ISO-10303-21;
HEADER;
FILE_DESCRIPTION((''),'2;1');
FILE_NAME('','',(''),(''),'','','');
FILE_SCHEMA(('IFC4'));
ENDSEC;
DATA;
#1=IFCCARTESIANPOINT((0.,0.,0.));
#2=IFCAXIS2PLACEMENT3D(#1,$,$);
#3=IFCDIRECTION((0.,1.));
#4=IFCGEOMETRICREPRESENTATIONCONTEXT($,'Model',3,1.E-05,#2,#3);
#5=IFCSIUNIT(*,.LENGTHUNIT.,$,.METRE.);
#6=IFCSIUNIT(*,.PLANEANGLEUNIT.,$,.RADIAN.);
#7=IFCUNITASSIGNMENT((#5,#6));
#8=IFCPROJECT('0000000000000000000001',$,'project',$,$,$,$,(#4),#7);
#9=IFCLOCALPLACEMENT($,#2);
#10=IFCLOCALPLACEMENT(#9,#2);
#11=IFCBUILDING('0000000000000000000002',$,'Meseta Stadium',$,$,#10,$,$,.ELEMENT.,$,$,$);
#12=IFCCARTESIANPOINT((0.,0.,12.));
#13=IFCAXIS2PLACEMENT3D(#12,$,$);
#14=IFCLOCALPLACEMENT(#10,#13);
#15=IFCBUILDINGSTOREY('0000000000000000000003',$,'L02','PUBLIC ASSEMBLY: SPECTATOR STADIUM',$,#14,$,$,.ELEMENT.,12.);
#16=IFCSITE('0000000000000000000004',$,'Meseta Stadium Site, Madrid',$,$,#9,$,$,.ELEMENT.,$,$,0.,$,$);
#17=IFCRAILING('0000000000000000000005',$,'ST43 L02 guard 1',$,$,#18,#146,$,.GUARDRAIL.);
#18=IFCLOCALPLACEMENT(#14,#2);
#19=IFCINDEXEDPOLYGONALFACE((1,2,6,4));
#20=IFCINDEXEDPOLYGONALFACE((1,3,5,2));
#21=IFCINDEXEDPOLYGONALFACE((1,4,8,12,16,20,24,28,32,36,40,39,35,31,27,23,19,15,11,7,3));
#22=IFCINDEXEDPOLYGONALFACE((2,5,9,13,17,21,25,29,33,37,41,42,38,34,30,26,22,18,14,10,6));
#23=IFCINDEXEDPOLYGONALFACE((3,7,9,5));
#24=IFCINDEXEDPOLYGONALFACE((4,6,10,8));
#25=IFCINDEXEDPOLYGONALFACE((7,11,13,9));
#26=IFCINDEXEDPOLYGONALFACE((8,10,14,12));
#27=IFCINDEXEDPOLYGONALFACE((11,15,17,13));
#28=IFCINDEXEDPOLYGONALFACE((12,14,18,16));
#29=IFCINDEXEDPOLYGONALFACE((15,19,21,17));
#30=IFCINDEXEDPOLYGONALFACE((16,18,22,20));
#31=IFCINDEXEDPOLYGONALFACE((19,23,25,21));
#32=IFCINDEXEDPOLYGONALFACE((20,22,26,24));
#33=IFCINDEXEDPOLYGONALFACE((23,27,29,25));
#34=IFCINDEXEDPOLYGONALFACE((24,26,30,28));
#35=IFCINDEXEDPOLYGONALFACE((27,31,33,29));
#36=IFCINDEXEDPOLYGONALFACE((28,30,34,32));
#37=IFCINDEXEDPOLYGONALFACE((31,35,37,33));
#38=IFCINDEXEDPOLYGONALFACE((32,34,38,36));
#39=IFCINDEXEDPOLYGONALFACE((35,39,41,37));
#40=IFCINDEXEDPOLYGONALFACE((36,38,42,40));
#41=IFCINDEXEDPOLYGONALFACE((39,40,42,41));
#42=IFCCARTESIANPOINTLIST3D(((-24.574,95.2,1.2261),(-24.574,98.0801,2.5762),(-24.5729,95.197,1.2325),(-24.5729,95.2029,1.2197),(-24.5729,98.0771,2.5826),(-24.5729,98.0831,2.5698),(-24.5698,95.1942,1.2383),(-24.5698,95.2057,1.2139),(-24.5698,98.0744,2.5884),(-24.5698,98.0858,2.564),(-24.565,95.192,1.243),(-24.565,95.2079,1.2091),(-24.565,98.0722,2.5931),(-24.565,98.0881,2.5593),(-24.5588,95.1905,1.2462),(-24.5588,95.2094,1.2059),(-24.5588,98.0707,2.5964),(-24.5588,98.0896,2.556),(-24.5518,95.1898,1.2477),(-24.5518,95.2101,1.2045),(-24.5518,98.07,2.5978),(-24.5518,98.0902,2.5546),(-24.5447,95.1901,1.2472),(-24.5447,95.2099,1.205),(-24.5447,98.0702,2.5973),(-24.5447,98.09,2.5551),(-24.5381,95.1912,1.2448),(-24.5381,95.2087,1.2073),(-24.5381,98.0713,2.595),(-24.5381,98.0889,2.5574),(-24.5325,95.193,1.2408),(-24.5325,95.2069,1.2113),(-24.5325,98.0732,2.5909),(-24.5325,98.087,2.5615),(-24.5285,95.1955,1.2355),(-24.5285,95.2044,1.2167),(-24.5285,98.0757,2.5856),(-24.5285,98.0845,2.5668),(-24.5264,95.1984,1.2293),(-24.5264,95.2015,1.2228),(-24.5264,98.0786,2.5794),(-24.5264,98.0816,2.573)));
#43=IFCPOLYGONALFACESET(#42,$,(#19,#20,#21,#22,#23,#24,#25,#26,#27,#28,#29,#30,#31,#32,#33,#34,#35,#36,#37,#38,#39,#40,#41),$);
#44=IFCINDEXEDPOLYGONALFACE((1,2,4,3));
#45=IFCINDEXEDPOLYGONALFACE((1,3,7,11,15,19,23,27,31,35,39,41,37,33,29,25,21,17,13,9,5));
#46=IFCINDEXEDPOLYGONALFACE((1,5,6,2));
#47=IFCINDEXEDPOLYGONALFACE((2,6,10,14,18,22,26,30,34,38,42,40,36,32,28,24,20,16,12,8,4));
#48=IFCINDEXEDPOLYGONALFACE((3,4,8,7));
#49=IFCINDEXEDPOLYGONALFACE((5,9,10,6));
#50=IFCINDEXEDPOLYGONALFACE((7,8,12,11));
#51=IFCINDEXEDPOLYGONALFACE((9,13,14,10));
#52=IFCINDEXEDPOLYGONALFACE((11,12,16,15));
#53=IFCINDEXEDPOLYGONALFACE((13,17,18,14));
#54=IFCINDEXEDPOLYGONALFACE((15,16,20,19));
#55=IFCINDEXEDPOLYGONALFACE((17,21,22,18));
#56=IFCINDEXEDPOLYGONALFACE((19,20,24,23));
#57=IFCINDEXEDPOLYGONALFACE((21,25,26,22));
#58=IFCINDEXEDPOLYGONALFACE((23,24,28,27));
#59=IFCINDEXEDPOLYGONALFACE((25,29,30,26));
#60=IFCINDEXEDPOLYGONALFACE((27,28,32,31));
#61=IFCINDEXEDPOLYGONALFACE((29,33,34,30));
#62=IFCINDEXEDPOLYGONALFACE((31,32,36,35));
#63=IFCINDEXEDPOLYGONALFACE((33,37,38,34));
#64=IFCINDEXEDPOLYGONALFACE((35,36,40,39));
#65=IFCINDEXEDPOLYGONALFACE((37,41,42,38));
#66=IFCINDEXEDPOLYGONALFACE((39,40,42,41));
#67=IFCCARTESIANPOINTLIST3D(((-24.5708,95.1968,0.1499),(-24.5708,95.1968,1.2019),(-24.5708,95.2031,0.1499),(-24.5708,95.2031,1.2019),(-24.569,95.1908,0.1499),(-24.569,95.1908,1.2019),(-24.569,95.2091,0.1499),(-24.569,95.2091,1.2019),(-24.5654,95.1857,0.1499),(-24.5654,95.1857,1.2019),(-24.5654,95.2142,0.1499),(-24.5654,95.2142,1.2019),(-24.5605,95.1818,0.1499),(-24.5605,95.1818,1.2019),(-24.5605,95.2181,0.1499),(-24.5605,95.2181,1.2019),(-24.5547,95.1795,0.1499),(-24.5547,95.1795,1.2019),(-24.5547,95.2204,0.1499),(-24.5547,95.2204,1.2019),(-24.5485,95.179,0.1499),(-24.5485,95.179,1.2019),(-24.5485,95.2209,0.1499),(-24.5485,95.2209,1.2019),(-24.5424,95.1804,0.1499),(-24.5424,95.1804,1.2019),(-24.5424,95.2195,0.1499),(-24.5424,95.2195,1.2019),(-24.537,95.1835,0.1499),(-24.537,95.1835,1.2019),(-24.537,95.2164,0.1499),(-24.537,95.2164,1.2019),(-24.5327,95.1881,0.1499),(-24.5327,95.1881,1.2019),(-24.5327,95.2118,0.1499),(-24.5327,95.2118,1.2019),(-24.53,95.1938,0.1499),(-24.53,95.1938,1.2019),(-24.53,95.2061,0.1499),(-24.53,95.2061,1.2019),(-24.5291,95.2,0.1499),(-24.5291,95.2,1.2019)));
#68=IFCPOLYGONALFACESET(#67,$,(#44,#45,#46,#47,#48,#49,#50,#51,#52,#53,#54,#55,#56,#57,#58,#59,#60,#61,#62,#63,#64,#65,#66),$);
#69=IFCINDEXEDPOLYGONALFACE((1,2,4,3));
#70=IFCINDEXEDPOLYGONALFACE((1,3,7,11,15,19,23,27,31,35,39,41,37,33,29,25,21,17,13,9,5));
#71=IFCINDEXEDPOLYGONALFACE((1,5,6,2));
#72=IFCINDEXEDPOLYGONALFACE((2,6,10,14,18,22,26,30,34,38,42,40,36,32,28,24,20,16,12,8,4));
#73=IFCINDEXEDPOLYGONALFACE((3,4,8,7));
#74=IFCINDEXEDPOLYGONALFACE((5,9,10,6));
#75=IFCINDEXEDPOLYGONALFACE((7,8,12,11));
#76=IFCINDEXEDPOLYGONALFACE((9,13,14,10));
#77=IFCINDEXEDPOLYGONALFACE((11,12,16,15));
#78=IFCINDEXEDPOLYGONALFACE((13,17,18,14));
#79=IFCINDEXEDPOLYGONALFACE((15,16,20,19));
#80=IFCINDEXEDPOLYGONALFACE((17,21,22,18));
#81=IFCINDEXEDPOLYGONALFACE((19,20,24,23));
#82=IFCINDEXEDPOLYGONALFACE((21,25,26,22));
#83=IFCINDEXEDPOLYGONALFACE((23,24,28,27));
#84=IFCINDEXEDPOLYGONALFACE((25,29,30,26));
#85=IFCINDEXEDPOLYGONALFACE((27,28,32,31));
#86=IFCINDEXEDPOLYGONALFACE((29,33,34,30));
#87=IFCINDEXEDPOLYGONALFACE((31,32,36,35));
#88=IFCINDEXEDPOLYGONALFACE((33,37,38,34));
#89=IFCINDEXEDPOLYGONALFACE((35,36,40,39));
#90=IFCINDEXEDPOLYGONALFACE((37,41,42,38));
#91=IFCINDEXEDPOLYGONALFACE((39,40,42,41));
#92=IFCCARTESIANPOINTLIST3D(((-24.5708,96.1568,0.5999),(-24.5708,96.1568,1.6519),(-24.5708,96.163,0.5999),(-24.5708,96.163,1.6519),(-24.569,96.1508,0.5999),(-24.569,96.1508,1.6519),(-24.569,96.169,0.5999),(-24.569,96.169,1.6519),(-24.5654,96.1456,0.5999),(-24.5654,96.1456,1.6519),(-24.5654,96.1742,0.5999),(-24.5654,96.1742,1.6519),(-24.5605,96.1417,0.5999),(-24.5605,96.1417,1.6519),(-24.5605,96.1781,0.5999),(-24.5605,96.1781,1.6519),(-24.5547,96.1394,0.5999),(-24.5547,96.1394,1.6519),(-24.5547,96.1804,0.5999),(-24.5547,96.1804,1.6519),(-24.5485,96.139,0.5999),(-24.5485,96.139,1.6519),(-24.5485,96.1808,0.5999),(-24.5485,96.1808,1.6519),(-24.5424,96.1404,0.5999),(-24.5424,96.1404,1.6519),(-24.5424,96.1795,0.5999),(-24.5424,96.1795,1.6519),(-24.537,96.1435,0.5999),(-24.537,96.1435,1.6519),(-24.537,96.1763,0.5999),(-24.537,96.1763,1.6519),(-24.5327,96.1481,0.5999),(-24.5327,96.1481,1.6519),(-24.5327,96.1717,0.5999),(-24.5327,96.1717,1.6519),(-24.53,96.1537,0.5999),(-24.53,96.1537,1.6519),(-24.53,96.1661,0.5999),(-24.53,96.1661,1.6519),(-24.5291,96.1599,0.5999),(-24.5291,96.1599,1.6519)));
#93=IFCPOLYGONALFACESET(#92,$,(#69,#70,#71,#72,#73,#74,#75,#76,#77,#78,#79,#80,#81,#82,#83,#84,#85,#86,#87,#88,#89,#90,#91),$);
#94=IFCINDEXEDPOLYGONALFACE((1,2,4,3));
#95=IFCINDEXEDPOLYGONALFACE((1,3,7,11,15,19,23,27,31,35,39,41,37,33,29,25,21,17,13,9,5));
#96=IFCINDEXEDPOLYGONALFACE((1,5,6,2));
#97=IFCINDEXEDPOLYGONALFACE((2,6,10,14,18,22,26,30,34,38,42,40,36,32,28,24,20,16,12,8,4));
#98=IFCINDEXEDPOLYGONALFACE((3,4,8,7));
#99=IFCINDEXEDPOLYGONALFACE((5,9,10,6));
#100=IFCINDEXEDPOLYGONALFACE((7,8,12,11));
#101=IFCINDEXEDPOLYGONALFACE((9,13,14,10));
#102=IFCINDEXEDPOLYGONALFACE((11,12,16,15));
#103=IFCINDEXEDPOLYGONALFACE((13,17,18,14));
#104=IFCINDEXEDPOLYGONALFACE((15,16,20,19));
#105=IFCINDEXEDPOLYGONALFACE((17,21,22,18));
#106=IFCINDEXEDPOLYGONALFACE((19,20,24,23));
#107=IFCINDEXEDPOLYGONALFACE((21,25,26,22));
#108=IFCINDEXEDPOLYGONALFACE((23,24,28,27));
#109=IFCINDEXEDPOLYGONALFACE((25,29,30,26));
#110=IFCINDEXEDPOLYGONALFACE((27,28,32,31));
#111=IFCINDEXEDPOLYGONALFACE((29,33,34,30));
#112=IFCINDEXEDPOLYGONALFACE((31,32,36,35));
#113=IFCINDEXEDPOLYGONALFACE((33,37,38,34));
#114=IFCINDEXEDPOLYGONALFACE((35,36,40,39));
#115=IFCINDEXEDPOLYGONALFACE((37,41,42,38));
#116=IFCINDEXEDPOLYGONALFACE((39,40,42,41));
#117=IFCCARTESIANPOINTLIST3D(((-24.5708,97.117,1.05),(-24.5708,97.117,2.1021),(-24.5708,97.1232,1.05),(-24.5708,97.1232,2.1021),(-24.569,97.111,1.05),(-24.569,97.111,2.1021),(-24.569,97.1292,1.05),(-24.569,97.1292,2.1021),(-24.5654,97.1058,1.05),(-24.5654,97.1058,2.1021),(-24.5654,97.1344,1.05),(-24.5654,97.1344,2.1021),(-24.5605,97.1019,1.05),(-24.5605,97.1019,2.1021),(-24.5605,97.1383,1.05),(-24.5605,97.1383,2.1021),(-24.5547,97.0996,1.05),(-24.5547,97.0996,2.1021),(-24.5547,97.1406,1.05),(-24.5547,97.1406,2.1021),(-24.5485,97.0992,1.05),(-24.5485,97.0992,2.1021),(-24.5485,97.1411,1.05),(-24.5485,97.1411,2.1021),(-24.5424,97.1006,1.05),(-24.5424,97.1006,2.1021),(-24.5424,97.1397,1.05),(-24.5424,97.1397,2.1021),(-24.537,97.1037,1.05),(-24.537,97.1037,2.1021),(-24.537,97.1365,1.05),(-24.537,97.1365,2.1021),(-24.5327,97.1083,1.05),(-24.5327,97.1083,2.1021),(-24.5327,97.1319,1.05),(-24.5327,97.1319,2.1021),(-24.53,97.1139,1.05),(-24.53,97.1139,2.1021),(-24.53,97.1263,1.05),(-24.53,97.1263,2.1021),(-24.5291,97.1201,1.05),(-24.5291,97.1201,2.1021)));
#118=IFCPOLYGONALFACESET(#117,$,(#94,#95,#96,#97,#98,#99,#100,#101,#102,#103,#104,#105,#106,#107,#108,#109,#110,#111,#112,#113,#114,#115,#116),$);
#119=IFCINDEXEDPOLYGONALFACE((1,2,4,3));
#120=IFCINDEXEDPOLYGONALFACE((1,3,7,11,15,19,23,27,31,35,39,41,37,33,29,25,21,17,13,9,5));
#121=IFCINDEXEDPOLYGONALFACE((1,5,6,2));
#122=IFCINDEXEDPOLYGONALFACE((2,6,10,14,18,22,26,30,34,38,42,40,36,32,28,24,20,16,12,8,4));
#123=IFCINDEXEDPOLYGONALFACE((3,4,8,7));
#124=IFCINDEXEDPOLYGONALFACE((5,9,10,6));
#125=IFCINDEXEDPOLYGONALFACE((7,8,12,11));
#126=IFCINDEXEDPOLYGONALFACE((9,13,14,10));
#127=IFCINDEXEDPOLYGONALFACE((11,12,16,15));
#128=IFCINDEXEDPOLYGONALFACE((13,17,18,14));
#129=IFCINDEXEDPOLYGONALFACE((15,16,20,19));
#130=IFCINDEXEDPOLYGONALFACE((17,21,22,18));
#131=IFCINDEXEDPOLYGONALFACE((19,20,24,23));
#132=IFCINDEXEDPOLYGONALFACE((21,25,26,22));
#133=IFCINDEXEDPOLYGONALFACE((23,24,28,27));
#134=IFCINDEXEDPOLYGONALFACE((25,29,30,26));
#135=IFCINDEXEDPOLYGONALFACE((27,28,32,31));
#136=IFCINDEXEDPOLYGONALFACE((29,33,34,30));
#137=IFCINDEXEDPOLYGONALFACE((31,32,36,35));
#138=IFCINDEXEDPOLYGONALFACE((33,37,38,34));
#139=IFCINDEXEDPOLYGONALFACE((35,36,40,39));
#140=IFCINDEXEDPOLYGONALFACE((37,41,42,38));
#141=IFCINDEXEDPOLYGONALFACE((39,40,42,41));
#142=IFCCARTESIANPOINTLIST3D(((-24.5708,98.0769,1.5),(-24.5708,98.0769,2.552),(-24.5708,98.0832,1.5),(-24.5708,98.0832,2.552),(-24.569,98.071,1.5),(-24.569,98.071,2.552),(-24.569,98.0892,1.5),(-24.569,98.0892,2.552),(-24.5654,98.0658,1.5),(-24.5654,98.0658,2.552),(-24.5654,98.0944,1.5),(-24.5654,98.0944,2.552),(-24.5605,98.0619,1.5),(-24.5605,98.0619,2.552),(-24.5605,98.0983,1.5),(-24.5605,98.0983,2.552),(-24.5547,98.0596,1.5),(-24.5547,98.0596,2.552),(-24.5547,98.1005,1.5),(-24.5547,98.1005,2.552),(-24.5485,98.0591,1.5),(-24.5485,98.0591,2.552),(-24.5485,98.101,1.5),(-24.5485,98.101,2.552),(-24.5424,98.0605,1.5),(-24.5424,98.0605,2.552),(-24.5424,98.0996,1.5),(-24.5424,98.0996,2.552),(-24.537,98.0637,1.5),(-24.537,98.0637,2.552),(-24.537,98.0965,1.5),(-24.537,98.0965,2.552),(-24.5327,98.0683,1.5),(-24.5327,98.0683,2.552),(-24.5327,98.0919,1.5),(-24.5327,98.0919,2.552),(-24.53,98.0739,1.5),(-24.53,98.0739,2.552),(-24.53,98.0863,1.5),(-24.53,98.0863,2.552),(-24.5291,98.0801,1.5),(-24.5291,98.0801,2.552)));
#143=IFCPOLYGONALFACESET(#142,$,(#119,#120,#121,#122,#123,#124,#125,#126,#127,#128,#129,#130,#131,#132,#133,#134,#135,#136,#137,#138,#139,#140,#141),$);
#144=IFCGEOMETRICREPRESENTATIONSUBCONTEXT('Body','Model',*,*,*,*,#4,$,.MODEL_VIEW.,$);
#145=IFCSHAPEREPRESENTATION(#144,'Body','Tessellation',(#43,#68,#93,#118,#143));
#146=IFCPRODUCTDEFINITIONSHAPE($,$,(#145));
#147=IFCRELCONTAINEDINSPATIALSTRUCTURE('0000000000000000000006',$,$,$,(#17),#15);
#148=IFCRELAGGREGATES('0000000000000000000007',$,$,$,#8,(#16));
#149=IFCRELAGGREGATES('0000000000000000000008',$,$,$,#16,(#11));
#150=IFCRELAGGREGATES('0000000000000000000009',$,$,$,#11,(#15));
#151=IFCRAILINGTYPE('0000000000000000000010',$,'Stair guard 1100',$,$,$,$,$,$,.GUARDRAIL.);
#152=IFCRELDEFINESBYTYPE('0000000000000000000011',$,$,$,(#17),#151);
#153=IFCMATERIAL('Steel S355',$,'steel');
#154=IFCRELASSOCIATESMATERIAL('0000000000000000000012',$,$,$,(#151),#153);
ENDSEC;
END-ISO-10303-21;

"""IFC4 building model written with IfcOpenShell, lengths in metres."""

from ifc_helpers import new_model, si_unit, direction, frame, origin, origin_2d, place, context, subcontext, project, spatial, circle, extrude, material, type_object, element, save


model = new_model("IFC4")

# Units and contexts
model_context = context("Model", 3, precision=1e-05, world=origin(), true_north=direction((0.0, 1.0)))
body_context = subcontext(model_context, "Body", "Model", "MODEL_VIEW")
ifc_project = project(units=[si_unit("LENGTHUNIT", "METRE"), si_unit("PLANEANGLEUNIT", "RADIAN")], contexts=[model_context])

# Site, building, storey
site_placement = place(None, origin())
site = spatial("IfcSite", under=ifc_project, at=site_placement, Name="Meseta Stadium Site, Madrid", CompositionType="ELEMENT", RefElevation=0.0)
building_placement = place(site_placement, origin())
building = spatial("IfcBuilding", under=site, at=building_placement, Name="Meseta Stadium", CompositionType="ELEMENT")
storey_placement = place(building_placement, frame((0.0, 0.0, 12.0)))
storey = spatial("IfcBuildingStorey", under=building, at=storey_placement, Name="L02", Description="PUBLIC ASSEMBLY: SPECTATOR STADIUM", CompositionType="ELEMENT", Elevation=12.0)

# Railing
ifc_material_1 = material(Name="Steel S355", Category="steel")
railing_type_1 = type_object("IfcRailingType", Name="Stair guard 1100", PredefinedType="GUARDRAIL", material=ifc_material_1)
railing_1_placement = place(storey_placement, frame((-24.55, 95.2, 0.1499)))
element("IfcRailing", 1, at=railing_1_placement, inside=storey, type_object=railing_type_1, Name="ST43 L02 guard 1", PredefinedType="GUARDRAIL", context=body_context, shape_type="SweptSolid", body=[
    extrude(circle(Radius=0.0239, at=origin_2d()), frame((0.0, 0.0, 1.0762), z_axis=(0.0, 0.905454, 0.424444), x_axis=(-1.0, 0.0, 0.0)), (0.0, 0.0, 1.0), 3.1809),
    extrude(circle(Radius=0.021, at=origin_2d()), origin(), (0.0, 0.0, 1.0), 1.052),
    extrude(circle(Radius=0.021, at=origin_2d()), frame((0.0, 0.96, 0.45)), (0.0, 0.0, 1.0), 1.052),
    extrude(circle(Radius=0.021, at=origin_2d()), frame((0.0, 1.9202, 0.9001)), (0.0, 0.0, 1.0), 1.052),
    extrude(circle(Radius=0.021, at=origin_2d()), frame((0.0, 2.8801, 1.3501)), (0.0, 0.0, 1.0), 1.052),
])

save(model, "model.ifc")
